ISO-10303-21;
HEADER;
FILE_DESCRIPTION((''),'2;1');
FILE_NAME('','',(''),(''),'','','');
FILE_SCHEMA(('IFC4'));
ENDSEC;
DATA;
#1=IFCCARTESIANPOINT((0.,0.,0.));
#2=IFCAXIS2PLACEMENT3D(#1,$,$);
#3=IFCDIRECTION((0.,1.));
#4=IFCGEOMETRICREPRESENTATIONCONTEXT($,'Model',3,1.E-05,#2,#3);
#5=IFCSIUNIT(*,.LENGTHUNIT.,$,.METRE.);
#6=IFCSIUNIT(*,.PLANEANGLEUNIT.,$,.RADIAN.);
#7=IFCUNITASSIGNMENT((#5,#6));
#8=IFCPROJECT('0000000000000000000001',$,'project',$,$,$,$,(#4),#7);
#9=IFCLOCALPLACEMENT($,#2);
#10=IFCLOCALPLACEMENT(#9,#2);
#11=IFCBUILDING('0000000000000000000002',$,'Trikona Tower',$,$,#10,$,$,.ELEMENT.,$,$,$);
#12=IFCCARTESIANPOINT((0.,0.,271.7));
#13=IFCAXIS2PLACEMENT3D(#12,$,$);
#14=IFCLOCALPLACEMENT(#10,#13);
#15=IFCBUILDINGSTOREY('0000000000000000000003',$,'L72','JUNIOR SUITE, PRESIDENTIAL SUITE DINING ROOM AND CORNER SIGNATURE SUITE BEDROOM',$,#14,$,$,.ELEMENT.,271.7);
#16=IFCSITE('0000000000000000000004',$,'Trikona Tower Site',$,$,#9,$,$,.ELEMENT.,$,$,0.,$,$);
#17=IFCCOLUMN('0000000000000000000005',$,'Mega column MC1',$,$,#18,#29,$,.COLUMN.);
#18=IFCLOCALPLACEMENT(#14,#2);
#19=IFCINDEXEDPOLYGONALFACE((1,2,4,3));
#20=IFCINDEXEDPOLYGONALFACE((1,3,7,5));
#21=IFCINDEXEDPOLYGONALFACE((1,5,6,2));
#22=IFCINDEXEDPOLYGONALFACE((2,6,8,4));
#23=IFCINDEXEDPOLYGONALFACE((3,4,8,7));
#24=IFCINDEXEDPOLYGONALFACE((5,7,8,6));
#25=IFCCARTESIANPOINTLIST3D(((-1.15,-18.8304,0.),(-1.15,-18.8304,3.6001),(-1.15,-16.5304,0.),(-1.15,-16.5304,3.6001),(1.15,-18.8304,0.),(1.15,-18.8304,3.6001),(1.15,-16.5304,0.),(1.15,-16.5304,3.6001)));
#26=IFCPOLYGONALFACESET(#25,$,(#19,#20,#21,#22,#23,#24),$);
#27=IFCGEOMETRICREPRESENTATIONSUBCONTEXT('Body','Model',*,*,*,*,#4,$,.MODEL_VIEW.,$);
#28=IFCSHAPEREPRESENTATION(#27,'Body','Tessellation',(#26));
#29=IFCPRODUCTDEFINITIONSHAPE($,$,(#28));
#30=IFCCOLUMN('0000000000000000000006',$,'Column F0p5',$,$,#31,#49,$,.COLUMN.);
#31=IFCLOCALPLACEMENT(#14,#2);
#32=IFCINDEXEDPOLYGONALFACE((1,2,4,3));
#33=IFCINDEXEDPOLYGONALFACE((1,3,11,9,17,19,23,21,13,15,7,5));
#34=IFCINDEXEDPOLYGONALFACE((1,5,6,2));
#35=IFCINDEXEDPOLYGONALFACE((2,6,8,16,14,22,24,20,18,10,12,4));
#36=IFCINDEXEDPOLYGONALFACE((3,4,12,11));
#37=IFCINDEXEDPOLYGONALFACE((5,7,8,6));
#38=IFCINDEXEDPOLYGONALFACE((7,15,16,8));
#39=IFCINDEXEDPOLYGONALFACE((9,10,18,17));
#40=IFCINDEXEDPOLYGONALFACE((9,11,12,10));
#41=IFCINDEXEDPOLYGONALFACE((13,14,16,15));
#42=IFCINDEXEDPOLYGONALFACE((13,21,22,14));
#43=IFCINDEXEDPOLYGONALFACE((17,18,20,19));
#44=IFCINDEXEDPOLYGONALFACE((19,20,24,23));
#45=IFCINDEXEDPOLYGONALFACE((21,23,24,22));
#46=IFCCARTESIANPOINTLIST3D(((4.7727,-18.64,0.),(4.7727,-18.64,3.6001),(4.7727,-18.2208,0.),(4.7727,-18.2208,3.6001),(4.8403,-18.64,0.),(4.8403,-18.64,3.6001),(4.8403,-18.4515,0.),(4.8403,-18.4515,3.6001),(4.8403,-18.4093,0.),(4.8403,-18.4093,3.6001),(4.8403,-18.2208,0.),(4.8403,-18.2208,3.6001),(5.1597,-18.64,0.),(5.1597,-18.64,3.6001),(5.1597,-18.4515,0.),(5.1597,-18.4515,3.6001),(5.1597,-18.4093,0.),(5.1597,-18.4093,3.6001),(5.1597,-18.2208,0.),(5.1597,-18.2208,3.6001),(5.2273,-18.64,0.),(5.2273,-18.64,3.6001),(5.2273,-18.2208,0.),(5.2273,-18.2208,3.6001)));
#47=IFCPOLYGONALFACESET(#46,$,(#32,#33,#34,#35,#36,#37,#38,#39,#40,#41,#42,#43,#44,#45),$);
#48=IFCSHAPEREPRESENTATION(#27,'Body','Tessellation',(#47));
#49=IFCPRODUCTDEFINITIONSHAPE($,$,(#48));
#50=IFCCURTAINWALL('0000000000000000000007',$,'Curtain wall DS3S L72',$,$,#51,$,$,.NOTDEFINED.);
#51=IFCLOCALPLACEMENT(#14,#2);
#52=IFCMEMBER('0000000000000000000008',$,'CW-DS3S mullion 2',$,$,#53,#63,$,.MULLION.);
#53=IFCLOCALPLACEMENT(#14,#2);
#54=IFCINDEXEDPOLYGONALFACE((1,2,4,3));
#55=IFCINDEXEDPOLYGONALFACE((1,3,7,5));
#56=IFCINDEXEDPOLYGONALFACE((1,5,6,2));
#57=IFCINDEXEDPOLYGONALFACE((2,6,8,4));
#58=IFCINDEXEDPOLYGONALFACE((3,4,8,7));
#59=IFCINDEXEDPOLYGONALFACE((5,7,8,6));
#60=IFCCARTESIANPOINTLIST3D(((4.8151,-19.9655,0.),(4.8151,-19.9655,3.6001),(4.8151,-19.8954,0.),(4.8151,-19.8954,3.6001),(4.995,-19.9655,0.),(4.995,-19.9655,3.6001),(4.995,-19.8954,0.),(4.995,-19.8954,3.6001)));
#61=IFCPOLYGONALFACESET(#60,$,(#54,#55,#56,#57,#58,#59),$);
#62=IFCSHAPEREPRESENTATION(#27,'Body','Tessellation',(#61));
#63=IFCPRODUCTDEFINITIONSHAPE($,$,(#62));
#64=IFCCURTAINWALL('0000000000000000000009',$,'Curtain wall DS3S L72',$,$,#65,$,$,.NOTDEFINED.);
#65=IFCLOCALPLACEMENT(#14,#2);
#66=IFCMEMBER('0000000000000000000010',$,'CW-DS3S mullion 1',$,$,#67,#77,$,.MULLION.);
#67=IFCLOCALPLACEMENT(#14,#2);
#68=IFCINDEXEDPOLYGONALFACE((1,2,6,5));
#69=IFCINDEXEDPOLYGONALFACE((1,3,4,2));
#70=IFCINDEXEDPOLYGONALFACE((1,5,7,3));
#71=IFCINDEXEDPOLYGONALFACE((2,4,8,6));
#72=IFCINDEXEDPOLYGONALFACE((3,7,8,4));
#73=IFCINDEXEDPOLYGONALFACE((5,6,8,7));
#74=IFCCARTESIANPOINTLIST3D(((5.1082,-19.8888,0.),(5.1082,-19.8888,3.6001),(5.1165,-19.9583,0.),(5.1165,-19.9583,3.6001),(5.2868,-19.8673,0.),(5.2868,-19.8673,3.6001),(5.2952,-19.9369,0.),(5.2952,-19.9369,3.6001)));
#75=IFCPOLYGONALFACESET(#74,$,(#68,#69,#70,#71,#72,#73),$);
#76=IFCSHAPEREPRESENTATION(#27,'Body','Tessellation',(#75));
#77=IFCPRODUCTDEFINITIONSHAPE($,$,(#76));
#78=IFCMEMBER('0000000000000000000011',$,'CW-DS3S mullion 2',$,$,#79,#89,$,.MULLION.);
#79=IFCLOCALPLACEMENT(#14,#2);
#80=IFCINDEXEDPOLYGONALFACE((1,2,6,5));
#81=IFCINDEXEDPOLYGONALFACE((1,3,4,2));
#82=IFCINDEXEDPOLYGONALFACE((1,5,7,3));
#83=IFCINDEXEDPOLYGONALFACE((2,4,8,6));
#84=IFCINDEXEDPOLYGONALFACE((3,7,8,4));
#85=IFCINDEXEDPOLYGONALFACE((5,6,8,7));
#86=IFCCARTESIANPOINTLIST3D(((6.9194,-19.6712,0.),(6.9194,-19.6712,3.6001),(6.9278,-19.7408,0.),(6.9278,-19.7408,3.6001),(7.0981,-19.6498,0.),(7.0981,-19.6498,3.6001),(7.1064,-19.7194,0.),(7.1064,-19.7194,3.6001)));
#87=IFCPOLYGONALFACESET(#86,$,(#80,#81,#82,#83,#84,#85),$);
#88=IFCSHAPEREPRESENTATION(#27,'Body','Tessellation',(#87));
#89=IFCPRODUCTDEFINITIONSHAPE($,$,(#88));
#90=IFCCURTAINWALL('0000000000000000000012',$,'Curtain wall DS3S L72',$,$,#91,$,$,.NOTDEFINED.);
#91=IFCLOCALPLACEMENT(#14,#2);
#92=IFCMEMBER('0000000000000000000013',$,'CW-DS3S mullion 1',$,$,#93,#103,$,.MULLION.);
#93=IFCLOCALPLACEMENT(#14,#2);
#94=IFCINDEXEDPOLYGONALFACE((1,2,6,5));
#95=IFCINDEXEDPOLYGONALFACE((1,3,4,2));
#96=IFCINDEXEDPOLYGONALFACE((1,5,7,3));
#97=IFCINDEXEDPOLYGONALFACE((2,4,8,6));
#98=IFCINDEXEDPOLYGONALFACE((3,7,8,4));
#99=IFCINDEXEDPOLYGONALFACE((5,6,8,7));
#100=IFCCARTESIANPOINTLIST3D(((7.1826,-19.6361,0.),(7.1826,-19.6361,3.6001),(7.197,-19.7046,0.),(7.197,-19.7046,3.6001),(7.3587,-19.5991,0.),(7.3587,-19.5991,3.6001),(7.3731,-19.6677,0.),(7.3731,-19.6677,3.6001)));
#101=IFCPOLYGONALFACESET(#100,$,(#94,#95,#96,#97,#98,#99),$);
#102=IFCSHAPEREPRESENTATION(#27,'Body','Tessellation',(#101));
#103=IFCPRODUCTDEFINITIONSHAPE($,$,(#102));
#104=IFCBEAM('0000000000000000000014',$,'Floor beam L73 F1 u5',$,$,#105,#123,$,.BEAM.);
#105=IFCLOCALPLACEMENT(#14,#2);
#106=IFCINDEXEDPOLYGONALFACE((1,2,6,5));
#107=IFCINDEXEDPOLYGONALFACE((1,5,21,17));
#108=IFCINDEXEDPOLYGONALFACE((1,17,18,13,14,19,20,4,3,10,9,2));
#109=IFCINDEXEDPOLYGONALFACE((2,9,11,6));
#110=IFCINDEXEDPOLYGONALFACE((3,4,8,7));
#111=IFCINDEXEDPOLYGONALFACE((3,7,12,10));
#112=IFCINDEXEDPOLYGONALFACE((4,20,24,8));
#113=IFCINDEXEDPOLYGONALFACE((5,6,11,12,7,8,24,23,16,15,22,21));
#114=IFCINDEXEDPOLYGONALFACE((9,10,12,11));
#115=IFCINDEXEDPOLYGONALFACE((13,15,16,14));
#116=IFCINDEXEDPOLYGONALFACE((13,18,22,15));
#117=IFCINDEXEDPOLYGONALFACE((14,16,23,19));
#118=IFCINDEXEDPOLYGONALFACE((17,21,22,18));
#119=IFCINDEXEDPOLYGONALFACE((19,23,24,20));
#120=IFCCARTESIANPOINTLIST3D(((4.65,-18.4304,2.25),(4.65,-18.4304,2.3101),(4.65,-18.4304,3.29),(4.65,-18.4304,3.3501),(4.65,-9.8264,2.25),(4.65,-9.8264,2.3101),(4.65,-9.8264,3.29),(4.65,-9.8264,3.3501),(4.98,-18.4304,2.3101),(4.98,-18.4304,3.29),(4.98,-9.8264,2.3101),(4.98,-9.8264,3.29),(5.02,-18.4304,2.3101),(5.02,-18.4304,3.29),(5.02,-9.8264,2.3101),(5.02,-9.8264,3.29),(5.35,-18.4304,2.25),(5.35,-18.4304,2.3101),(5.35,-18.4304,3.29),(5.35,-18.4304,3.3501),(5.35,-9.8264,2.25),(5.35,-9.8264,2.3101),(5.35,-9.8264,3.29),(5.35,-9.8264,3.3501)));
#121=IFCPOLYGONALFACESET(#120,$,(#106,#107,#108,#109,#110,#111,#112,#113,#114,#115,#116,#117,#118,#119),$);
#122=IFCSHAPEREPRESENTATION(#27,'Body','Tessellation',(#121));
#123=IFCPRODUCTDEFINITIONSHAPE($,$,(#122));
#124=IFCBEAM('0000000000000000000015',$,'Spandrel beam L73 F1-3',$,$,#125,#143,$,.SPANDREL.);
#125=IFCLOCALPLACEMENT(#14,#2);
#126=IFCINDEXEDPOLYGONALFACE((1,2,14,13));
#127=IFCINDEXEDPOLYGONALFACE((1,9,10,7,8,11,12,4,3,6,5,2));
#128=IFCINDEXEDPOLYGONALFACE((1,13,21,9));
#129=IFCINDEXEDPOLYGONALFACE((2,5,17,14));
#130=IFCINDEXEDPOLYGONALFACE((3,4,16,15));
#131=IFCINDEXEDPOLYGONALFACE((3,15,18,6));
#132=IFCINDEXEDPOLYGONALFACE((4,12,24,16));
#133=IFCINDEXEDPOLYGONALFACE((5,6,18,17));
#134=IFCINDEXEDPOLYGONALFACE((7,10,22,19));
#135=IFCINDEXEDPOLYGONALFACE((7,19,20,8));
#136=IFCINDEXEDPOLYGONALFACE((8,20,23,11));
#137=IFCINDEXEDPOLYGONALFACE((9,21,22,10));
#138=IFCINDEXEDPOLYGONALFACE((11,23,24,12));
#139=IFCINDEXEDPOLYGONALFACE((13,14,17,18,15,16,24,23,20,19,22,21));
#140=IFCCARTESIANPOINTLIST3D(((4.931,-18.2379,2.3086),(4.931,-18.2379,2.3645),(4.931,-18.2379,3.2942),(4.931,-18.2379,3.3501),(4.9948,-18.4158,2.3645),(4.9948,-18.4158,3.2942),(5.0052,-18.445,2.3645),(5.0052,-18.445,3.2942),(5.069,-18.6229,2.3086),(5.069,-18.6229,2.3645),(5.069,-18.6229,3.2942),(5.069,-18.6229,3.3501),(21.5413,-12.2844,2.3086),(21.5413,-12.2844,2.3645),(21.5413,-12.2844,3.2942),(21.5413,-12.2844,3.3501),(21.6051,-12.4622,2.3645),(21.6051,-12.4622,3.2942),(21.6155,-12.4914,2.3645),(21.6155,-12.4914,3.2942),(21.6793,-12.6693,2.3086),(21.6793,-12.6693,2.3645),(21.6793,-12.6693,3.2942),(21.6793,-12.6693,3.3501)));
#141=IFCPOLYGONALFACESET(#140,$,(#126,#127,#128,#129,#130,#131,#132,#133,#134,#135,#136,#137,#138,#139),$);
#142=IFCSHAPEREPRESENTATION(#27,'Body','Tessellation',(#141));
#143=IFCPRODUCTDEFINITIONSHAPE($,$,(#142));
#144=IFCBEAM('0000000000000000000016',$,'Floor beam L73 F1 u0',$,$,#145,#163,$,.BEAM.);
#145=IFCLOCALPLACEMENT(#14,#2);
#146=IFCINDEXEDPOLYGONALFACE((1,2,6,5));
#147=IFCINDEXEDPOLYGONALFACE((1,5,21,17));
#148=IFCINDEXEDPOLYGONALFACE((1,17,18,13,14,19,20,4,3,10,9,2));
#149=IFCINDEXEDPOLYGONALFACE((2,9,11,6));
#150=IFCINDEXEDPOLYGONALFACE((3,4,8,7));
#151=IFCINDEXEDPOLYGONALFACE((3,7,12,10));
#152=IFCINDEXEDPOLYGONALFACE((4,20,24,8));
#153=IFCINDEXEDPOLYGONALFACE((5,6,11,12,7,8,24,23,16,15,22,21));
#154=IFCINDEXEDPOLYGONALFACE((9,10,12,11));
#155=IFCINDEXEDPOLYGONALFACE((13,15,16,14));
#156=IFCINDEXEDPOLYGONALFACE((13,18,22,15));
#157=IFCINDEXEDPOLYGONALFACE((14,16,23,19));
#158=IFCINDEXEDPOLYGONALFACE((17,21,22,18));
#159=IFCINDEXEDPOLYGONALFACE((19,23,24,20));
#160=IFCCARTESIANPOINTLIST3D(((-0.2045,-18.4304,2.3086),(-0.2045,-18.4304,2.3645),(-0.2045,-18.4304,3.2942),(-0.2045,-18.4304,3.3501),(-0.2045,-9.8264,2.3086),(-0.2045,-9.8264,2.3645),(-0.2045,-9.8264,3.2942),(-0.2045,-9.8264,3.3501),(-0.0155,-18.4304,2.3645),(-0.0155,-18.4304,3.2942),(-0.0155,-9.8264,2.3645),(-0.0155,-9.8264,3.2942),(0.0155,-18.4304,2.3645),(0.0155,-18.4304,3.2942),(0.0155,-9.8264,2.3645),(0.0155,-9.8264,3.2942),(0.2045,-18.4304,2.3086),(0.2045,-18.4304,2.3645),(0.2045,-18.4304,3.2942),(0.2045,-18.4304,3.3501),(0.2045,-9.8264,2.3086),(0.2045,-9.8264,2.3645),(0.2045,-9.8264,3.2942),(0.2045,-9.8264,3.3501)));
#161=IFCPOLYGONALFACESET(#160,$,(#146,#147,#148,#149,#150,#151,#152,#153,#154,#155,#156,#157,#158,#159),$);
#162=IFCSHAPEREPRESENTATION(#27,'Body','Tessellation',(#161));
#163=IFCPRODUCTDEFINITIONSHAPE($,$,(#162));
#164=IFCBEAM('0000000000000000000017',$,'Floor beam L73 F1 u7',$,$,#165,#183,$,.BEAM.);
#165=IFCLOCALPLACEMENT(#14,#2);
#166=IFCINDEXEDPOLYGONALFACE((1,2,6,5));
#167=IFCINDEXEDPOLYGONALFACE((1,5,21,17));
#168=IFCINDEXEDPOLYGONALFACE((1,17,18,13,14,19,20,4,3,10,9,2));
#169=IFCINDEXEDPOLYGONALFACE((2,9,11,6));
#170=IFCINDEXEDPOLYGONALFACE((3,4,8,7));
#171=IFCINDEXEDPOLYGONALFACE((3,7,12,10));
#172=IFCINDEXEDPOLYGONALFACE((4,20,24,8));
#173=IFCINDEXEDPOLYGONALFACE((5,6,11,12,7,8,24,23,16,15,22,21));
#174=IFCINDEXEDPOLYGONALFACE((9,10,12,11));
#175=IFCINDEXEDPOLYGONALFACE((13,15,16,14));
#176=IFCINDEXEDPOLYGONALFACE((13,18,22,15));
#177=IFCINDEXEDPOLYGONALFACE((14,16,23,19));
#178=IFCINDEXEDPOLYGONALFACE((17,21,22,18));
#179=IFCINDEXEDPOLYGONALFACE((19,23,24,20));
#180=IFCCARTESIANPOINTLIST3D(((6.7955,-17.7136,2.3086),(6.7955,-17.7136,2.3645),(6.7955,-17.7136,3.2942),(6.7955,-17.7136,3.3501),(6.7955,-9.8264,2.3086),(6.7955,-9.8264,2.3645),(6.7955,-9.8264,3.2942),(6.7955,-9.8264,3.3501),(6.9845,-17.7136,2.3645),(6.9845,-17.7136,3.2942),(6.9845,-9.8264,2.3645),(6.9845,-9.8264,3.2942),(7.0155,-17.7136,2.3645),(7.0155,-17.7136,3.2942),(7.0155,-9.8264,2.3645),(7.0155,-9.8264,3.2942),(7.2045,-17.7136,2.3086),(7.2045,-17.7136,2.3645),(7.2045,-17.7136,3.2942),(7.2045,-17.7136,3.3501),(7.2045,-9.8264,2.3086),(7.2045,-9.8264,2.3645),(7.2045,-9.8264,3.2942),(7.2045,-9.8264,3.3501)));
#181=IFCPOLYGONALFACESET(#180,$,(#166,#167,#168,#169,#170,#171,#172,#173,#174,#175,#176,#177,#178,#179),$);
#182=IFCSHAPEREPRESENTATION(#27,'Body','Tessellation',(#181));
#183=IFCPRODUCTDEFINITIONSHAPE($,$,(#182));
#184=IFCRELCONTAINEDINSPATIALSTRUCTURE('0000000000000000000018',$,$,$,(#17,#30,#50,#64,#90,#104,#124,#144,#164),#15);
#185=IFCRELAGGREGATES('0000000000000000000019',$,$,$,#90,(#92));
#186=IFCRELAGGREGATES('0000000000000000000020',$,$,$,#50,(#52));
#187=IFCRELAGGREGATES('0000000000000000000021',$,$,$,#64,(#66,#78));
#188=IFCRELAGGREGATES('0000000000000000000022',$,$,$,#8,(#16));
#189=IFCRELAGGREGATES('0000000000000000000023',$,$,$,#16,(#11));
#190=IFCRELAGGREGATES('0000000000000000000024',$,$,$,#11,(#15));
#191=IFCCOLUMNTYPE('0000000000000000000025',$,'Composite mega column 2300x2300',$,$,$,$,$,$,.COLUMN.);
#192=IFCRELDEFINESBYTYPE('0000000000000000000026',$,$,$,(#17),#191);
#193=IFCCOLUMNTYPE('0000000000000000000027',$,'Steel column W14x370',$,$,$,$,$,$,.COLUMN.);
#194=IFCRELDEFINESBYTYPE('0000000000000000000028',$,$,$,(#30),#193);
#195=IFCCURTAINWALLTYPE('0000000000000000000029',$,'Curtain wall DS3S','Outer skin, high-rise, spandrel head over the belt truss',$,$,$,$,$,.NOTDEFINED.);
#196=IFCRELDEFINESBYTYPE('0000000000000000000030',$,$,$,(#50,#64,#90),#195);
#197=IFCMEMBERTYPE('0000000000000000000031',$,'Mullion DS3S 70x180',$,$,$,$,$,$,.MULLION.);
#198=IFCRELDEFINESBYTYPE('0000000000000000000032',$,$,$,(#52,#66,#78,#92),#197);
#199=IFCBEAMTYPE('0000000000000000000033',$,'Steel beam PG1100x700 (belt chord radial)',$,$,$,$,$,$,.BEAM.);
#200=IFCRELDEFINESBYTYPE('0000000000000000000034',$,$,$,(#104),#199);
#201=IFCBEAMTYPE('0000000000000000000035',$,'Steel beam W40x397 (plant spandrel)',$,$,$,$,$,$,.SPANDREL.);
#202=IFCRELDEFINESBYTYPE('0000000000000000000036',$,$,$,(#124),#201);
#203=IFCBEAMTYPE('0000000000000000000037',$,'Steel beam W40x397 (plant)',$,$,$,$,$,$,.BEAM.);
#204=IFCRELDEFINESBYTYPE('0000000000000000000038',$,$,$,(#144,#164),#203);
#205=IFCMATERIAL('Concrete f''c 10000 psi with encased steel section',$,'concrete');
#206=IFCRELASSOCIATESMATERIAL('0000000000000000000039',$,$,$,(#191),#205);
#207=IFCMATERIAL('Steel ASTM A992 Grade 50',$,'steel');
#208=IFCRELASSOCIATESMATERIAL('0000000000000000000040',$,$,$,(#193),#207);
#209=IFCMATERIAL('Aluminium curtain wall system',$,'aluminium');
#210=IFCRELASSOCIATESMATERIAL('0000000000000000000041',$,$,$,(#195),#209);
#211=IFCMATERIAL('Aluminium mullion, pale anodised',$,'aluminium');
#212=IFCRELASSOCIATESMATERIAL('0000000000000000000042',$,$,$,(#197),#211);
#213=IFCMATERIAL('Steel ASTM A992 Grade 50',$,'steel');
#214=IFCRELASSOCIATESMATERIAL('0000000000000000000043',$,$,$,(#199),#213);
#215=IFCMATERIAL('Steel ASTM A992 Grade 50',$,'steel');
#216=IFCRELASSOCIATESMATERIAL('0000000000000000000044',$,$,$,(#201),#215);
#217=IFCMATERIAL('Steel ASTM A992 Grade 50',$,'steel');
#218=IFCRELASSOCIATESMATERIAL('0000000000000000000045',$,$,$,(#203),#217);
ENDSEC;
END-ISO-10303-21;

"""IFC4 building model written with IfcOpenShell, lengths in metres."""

from ifc_helpers import new_model, si_unit, direction, frame, origin, origin_2d, place, context, subcontext, project, spatial, rectangle, i_section, extrude, material, material_profile, profile_set, type_object, element, aggregate, save


model = new_model("IFC4")

# Units and contexts
model_context = context("Model", 3, precision=1e-05, world=origin(), true_north=direction((0.0, 1.0)))
body_context = subcontext(model_context, "Body", "Model", "MODEL_VIEW")
ifc_project = project(units=[si_unit("LENGTHUNIT", "METRE"), si_unit("PLANEANGLEUNIT", "RADIAN")], contexts=[model_context])

# Site, building, storey
site_placement = place(None, origin())
site = spatial("IfcSite", under=ifc_project, at=site_placement, Name="Trikona Tower Site", CompositionType="ELEMENT", RefElevation=0.0)
building_placement = place(site_placement, origin())
building = spatial("IfcBuilding", under=site, at=building_placement, Name="Trikona Tower", CompositionType="ELEMENT")
storey_placement = place(building_placement, frame((0.0, 0.0, 271.7)))
storey = spatial("IfcBuildingStorey", under=building, at=storey_placement, Name="L72", Description="JUNIOR SUITE, PRESIDENTIAL SUITE DINING ROOM AND CORNER SIGNATURE SUITE BEDROOM", CompositionType="ELEMENT", Elevation=271.7)

# Columns
ifc_material_1 = material(Name="Concrete f'c 10000 psi with encased steel section", Category="concrete")
ifc_material_profile_1 = material_profile(ifc_material_1, rectangle(XDim=2.3, YDim=2.3, at=origin_2d()), Name="MC2300")
ifc_profile_set_1 = profile_set([ifc_material_profile_1], Name="Concrete f'c 10000 psi with encased steel section")
column_type_1 = type_object("IfcColumnType", Name="Composite mega column 2300x2300", PredefinedType="COLUMN", material=ifc_profile_set_1)
column_1_placement = place(storey_placement, frame((0.0, -17.6804, 0.0), z_axis=(0.0, 0.0, 1.0), x_axis=(0.0, -1.0, 0.0)))
element("IfcColumn", 1, at=column_1_placement, inside=storey, type_object=column_type_1, Name="Mega column MC1", PredefinedType="COLUMN", context=body_context, shape_type="SweptSolid", body=[
    extrude(rectangle(XDim=2.3, YDim=2.3, at=origin_2d()), origin(), (0.0, 0.0, 1.0), 3.6001),
])
ifc_material_2 = material(Name="Steel ASTM A992 Grade 50", Category="steel")
ifc_material_profile_2 = material_profile(ifc_material_2, i_section(OverallWidth=0.4192, OverallDepth=0.4546, WebThickness=0.0422, FlangeThickness=0.0676, at=origin_2d()), Name="W14X370")
ifc_profile_set_2 = profile_set([ifc_material_profile_2], Name="Steel ASTM A992 Grade 50")
column_type_2 = type_object("IfcColumnType", Name="Steel column W14x370", PredefinedType="COLUMN", material=ifc_profile_set_2)
column_2_placement = place(storey_placement, frame((5.0, -18.4304, 0.0), z_axis=(0.0, 0.0, 1.0), x_axis=(0.0, -1.0, 0.0)))
element("IfcColumn", 2, at=column_2_placement, inside=storey, type_object=column_type_2, Name="Column F0p5", PredefinedType="COLUMN", context=body_context, shape_type="SweptSolid", body=[
    extrude(i_section(OverallWidth=0.4192, OverallDepth=0.4546, WebThickness=0.0422, FlangeThickness=0.0676, at=origin_2d()), origin(), (0.0, 0.0, 1.0), 3.6001),
])

# Curtain wall, member
ifc_material_3 = material(Name="Aluminium curtain wall system", Category="aluminium")
curtain_wall_type = type_object("IfcCurtainWallType", Name="Curtain wall DS3S", Description="Outer skin, high-rise, spandrel head over the belt truss", PredefinedType="NOTDEFINED", material=ifc_material_3)
curtain_wall_1_placement = place(storey_placement, origin())
curtain_wall_1 = element("IfcCurtainWall", 3, at=curtain_wall_1_placement, inside=storey, type_object=curtain_wall_type, Name="Curtain wall DS3S L72", PredefinedType="NOTDEFINED")
ifc_material_4 = material(Name="Aluminium mullion, pale anodised", Category="aluminium")
ifc_material_profile_3 = material_profile(ifc_material_4, rectangle(XDim=0.0701, YDim=0.1799, at=origin_2d()), Name="MUL-DS3S")
ifc_profile_set_3 = profile_set([ifc_material_profile_3], Name="Aluminium mullion, pale anodised")
member_type_1 = type_object("IfcMemberType", Name="Mullion DS3S 70x180", PredefinedType="MULLION", material=ifc_profile_set_3)
member_1_placement = place(storey_placement, frame((4.905, -19.9304, 0.0), z_axis=(0.0, 0.0, 1.0), x_axis=(0.0, 1.0, 0.0)))
member_1 = element("IfcMember", 4, at=member_1_placement, type_object=member_type_1, Name="CW-DS3S mullion 2", PredefinedType="MULLION", context=body_context, shape_type="SweptSolid", body=[
    extrude(rectangle(XDim=0.0701, YDim=0.1799, at=origin_2d()), origin(), (0.0, 0.0, 1.0), 3.6001),
])

# Curtain wall, members
curtain_wall_2_placement = place(storey_placement, origin())
curtain_wall_2 = element("IfcCurtainWall", 5, at=curtain_wall_2_placement, inside=storey, type_object=curtain_wall_type, Name="Curtain wall DS3S L72", PredefinedType="NOTDEFINED")
member_2_placement = place(storey_placement, frame((5.2017, -19.9128, 0.0), z_axis=(0.0, 0.0, 1.0), x_axis=(-0.119141, 0.992877, 0.0)))
member_2 = element("IfcMember", 6, at=member_2_placement, type_object=member_type_1, Name="CW-DS3S mullion 1", PredefinedType="MULLION", context=body_context, shape_type="SweptSolid", body=[
    extrude(rectangle(XDim=0.0701, YDim=0.1799, at=origin_2d()), origin(), (0.0, 0.0, 1.0), 3.6001),
])
member_3_placement = place(storey_placement, frame((7.0129, -19.6953, 0.0), z_axis=(0.0, 0.0, 1.0), x_axis=(-0.119141, 0.992877, 0.0)))
member_3 = element("IfcMember", 7, at=member_3_placement, type_object=member_type_1, Name="CW-DS3S mullion 2", PredefinedType="MULLION", context=body_context, shape_type="SweptSolid", body=[
    extrude(rectangle(XDim=0.0701, YDim=0.1799, at=origin_2d()), origin(), (0.0, 0.0, 1.0), 3.6001),
])

# Curtain wall, member
curtain_wall_3_placement = place(storey_placement, origin())
curtain_wall_3 = element("IfcCurtainWall", 8, at=curtain_wall_3_placement, inside=storey, type_object=curtain_wall_type, Name="Curtain wall DS3S L72", PredefinedType="NOTDEFINED")
member_4_placement = place(storey_placement, frame((7.2778, -19.6519, 0.0), z_axis=(0.0, 0.0, 1.0), x_axis=(-0.205527, 0.978651, 0.0)))
member_4 = element("IfcMember", 9, at=member_4_placement, type_object=member_type_1, Name="CW-DS3S mullion 1", PredefinedType="MULLION", context=body_context, shape_type="SweptSolid", body=[
    extrude(rectangle(XDim=0.0701, YDim=0.1799, at=origin_2d()), origin(), (0.0, 0.0, 1.0), 3.6001),
])

# Beams
ifc_material_5 = material(Name="Steel ASTM A992 Grade 50", Category="steel")
ifc_material_profile_4 = material_profile(ifc_material_5, i_section(OverallWidth=0.7, OverallDepth=1.1001, WebThickness=0.04, FlangeThickness=0.0601, at=origin_2d()), Name="PG1100X700")
ifc_profile_set_4 = profile_set([ifc_material_profile_4], Name="Steel ASTM A992 Grade 50")
beam_type_1 = type_object("IfcBeamType", Name="Steel beam PG1100x700 (belt chord radial)", PredefinedType="BEAM", material=ifc_profile_set_4)
beam_1_placement = place(storey_placement, frame((5.0, -9.8264, 2.8), z_axis=(0.0, -1.0, 0.0), x_axis=(1.0, 0.0, 0.0)))
element("IfcBeam", 10, at=beam_1_placement, inside=storey, type_object=beam_type_1, Name="Floor beam L73 F1 u5", PredefinedType="BEAM", context=body_context, shape_type="SweptSolid", body=[
    extrude(i_section(OverallWidth=0.7, OverallDepth=1.1001, WebThickness=0.04, FlangeThickness=0.0601, at=origin_2d()), origin(), (0.0, 0.0, 1.0), 8.604),
])
ifc_material_6 = material(Name="Steel ASTM A992 Grade 50", Category="steel")
ifc_material_profile_5 = material_profile(ifc_material_6, i_section(OverallWidth=0.4089, OverallDepth=1.0415, WebThickness=0.031, FlangeThickness=0.0559, at=origin_2d()), Name="W40X397")
ifc_profile_set_5 = profile_set([ifc_material_profile_5], Name="Steel ASTM A992 Grade 50")
beam_type_2 = type_object("IfcBeamType", Name="Steel beam W40x397 (plant spandrel)", PredefinedType="SPANDREL", material=ifc_profile_set_5)
beam_2_placement = place(storey_placement, frame((5.0, -18.4304, 2.8293), z_axis=(0.941358, 0.337409, 0.0), x_axis=(-0.337409, 0.941358, 0.0)))
element("IfcBeam", 11, at=beam_2_placement, inside=storey, type_object=beam_type_2, Name="Spandrel beam L73 F1-3", PredefinedType="SPANDREL", context=body_context, shape_type="SweptSolid", body=[
    extrude(i_section(OverallWidth=0.4089, OverallDepth=1.0415, WebThickness=0.031, FlangeThickness=0.0559, at=origin_2d()), origin(), (0.0, 0.0, 1.0), 17.645),
])
ifc_material_7 = material(Name="Steel ASTM A992 Grade 50", Category="steel")
ifc_material_profile_6 = material_profile(ifc_material_7, i_section(OverallWidth=0.4089, OverallDepth=1.0415, WebThickness=0.031, FlangeThickness=0.0559, at=origin_2d()), Name="W40X397")
ifc_profile_set_6 = profile_set([ifc_material_profile_6], Name="Steel ASTM A992 Grade 50")
beam_type_3 = type_object("IfcBeamType", Name="Steel beam W40x397 (plant)", PredefinedType="BEAM", material=ifc_profile_set_6)
beam_3_placement = place(storey_placement, frame((0.0, -9.8264, 2.8293), z_axis=(0.0, -1.0, 0.0), x_axis=(1.0, 0.0, 0.0)))
element("IfcBeam", 12, at=beam_3_placement, inside=storey, type_object=beam_type_3, Name="Floor beam L73 F1 u0", PredefinedType="BEAM", context=body_context, shape_type="SweptSolid", body=[
    extrude(i_section(OverallWidth=0.4089, OverallDepth=1.0415, WebThickness=0.031, FlangeThickness=0.0559, at=origin_2d()), origin(), (0.0, 0.0, 1.0), 8.604),
])
beam_4_placement = place(storey_placement, frame((7.0, -9.8264, 2.8293), z_axis=(0.0, -1.0, 0.0), x_axis=(1.0, 0.0, 0.0)))
element("IfcBeam", 13, at=beam_4_placement, inside=storey, type_object=beam_type_3, Name="Floor beam L73 F1 u7", PredefinedType="BEAM", context=body_context, shape_type="SweptSolid", body=[
    extrude(i_section(OverallWidth=0.4089, OverallDepth=1.0415, WebThickness=0.031, FlangeThickness=0.0559, at=origin_2d()), origin(), (0.0, 0.0, 1.0), 7.8872),
])

aggregate(curtain_wall_3, [member_4])

aggregate(curtain_wall_1, [member_1])
aggregate(curtain_wall_2, [member_2, member_3])

save(model, "model.ifc")
